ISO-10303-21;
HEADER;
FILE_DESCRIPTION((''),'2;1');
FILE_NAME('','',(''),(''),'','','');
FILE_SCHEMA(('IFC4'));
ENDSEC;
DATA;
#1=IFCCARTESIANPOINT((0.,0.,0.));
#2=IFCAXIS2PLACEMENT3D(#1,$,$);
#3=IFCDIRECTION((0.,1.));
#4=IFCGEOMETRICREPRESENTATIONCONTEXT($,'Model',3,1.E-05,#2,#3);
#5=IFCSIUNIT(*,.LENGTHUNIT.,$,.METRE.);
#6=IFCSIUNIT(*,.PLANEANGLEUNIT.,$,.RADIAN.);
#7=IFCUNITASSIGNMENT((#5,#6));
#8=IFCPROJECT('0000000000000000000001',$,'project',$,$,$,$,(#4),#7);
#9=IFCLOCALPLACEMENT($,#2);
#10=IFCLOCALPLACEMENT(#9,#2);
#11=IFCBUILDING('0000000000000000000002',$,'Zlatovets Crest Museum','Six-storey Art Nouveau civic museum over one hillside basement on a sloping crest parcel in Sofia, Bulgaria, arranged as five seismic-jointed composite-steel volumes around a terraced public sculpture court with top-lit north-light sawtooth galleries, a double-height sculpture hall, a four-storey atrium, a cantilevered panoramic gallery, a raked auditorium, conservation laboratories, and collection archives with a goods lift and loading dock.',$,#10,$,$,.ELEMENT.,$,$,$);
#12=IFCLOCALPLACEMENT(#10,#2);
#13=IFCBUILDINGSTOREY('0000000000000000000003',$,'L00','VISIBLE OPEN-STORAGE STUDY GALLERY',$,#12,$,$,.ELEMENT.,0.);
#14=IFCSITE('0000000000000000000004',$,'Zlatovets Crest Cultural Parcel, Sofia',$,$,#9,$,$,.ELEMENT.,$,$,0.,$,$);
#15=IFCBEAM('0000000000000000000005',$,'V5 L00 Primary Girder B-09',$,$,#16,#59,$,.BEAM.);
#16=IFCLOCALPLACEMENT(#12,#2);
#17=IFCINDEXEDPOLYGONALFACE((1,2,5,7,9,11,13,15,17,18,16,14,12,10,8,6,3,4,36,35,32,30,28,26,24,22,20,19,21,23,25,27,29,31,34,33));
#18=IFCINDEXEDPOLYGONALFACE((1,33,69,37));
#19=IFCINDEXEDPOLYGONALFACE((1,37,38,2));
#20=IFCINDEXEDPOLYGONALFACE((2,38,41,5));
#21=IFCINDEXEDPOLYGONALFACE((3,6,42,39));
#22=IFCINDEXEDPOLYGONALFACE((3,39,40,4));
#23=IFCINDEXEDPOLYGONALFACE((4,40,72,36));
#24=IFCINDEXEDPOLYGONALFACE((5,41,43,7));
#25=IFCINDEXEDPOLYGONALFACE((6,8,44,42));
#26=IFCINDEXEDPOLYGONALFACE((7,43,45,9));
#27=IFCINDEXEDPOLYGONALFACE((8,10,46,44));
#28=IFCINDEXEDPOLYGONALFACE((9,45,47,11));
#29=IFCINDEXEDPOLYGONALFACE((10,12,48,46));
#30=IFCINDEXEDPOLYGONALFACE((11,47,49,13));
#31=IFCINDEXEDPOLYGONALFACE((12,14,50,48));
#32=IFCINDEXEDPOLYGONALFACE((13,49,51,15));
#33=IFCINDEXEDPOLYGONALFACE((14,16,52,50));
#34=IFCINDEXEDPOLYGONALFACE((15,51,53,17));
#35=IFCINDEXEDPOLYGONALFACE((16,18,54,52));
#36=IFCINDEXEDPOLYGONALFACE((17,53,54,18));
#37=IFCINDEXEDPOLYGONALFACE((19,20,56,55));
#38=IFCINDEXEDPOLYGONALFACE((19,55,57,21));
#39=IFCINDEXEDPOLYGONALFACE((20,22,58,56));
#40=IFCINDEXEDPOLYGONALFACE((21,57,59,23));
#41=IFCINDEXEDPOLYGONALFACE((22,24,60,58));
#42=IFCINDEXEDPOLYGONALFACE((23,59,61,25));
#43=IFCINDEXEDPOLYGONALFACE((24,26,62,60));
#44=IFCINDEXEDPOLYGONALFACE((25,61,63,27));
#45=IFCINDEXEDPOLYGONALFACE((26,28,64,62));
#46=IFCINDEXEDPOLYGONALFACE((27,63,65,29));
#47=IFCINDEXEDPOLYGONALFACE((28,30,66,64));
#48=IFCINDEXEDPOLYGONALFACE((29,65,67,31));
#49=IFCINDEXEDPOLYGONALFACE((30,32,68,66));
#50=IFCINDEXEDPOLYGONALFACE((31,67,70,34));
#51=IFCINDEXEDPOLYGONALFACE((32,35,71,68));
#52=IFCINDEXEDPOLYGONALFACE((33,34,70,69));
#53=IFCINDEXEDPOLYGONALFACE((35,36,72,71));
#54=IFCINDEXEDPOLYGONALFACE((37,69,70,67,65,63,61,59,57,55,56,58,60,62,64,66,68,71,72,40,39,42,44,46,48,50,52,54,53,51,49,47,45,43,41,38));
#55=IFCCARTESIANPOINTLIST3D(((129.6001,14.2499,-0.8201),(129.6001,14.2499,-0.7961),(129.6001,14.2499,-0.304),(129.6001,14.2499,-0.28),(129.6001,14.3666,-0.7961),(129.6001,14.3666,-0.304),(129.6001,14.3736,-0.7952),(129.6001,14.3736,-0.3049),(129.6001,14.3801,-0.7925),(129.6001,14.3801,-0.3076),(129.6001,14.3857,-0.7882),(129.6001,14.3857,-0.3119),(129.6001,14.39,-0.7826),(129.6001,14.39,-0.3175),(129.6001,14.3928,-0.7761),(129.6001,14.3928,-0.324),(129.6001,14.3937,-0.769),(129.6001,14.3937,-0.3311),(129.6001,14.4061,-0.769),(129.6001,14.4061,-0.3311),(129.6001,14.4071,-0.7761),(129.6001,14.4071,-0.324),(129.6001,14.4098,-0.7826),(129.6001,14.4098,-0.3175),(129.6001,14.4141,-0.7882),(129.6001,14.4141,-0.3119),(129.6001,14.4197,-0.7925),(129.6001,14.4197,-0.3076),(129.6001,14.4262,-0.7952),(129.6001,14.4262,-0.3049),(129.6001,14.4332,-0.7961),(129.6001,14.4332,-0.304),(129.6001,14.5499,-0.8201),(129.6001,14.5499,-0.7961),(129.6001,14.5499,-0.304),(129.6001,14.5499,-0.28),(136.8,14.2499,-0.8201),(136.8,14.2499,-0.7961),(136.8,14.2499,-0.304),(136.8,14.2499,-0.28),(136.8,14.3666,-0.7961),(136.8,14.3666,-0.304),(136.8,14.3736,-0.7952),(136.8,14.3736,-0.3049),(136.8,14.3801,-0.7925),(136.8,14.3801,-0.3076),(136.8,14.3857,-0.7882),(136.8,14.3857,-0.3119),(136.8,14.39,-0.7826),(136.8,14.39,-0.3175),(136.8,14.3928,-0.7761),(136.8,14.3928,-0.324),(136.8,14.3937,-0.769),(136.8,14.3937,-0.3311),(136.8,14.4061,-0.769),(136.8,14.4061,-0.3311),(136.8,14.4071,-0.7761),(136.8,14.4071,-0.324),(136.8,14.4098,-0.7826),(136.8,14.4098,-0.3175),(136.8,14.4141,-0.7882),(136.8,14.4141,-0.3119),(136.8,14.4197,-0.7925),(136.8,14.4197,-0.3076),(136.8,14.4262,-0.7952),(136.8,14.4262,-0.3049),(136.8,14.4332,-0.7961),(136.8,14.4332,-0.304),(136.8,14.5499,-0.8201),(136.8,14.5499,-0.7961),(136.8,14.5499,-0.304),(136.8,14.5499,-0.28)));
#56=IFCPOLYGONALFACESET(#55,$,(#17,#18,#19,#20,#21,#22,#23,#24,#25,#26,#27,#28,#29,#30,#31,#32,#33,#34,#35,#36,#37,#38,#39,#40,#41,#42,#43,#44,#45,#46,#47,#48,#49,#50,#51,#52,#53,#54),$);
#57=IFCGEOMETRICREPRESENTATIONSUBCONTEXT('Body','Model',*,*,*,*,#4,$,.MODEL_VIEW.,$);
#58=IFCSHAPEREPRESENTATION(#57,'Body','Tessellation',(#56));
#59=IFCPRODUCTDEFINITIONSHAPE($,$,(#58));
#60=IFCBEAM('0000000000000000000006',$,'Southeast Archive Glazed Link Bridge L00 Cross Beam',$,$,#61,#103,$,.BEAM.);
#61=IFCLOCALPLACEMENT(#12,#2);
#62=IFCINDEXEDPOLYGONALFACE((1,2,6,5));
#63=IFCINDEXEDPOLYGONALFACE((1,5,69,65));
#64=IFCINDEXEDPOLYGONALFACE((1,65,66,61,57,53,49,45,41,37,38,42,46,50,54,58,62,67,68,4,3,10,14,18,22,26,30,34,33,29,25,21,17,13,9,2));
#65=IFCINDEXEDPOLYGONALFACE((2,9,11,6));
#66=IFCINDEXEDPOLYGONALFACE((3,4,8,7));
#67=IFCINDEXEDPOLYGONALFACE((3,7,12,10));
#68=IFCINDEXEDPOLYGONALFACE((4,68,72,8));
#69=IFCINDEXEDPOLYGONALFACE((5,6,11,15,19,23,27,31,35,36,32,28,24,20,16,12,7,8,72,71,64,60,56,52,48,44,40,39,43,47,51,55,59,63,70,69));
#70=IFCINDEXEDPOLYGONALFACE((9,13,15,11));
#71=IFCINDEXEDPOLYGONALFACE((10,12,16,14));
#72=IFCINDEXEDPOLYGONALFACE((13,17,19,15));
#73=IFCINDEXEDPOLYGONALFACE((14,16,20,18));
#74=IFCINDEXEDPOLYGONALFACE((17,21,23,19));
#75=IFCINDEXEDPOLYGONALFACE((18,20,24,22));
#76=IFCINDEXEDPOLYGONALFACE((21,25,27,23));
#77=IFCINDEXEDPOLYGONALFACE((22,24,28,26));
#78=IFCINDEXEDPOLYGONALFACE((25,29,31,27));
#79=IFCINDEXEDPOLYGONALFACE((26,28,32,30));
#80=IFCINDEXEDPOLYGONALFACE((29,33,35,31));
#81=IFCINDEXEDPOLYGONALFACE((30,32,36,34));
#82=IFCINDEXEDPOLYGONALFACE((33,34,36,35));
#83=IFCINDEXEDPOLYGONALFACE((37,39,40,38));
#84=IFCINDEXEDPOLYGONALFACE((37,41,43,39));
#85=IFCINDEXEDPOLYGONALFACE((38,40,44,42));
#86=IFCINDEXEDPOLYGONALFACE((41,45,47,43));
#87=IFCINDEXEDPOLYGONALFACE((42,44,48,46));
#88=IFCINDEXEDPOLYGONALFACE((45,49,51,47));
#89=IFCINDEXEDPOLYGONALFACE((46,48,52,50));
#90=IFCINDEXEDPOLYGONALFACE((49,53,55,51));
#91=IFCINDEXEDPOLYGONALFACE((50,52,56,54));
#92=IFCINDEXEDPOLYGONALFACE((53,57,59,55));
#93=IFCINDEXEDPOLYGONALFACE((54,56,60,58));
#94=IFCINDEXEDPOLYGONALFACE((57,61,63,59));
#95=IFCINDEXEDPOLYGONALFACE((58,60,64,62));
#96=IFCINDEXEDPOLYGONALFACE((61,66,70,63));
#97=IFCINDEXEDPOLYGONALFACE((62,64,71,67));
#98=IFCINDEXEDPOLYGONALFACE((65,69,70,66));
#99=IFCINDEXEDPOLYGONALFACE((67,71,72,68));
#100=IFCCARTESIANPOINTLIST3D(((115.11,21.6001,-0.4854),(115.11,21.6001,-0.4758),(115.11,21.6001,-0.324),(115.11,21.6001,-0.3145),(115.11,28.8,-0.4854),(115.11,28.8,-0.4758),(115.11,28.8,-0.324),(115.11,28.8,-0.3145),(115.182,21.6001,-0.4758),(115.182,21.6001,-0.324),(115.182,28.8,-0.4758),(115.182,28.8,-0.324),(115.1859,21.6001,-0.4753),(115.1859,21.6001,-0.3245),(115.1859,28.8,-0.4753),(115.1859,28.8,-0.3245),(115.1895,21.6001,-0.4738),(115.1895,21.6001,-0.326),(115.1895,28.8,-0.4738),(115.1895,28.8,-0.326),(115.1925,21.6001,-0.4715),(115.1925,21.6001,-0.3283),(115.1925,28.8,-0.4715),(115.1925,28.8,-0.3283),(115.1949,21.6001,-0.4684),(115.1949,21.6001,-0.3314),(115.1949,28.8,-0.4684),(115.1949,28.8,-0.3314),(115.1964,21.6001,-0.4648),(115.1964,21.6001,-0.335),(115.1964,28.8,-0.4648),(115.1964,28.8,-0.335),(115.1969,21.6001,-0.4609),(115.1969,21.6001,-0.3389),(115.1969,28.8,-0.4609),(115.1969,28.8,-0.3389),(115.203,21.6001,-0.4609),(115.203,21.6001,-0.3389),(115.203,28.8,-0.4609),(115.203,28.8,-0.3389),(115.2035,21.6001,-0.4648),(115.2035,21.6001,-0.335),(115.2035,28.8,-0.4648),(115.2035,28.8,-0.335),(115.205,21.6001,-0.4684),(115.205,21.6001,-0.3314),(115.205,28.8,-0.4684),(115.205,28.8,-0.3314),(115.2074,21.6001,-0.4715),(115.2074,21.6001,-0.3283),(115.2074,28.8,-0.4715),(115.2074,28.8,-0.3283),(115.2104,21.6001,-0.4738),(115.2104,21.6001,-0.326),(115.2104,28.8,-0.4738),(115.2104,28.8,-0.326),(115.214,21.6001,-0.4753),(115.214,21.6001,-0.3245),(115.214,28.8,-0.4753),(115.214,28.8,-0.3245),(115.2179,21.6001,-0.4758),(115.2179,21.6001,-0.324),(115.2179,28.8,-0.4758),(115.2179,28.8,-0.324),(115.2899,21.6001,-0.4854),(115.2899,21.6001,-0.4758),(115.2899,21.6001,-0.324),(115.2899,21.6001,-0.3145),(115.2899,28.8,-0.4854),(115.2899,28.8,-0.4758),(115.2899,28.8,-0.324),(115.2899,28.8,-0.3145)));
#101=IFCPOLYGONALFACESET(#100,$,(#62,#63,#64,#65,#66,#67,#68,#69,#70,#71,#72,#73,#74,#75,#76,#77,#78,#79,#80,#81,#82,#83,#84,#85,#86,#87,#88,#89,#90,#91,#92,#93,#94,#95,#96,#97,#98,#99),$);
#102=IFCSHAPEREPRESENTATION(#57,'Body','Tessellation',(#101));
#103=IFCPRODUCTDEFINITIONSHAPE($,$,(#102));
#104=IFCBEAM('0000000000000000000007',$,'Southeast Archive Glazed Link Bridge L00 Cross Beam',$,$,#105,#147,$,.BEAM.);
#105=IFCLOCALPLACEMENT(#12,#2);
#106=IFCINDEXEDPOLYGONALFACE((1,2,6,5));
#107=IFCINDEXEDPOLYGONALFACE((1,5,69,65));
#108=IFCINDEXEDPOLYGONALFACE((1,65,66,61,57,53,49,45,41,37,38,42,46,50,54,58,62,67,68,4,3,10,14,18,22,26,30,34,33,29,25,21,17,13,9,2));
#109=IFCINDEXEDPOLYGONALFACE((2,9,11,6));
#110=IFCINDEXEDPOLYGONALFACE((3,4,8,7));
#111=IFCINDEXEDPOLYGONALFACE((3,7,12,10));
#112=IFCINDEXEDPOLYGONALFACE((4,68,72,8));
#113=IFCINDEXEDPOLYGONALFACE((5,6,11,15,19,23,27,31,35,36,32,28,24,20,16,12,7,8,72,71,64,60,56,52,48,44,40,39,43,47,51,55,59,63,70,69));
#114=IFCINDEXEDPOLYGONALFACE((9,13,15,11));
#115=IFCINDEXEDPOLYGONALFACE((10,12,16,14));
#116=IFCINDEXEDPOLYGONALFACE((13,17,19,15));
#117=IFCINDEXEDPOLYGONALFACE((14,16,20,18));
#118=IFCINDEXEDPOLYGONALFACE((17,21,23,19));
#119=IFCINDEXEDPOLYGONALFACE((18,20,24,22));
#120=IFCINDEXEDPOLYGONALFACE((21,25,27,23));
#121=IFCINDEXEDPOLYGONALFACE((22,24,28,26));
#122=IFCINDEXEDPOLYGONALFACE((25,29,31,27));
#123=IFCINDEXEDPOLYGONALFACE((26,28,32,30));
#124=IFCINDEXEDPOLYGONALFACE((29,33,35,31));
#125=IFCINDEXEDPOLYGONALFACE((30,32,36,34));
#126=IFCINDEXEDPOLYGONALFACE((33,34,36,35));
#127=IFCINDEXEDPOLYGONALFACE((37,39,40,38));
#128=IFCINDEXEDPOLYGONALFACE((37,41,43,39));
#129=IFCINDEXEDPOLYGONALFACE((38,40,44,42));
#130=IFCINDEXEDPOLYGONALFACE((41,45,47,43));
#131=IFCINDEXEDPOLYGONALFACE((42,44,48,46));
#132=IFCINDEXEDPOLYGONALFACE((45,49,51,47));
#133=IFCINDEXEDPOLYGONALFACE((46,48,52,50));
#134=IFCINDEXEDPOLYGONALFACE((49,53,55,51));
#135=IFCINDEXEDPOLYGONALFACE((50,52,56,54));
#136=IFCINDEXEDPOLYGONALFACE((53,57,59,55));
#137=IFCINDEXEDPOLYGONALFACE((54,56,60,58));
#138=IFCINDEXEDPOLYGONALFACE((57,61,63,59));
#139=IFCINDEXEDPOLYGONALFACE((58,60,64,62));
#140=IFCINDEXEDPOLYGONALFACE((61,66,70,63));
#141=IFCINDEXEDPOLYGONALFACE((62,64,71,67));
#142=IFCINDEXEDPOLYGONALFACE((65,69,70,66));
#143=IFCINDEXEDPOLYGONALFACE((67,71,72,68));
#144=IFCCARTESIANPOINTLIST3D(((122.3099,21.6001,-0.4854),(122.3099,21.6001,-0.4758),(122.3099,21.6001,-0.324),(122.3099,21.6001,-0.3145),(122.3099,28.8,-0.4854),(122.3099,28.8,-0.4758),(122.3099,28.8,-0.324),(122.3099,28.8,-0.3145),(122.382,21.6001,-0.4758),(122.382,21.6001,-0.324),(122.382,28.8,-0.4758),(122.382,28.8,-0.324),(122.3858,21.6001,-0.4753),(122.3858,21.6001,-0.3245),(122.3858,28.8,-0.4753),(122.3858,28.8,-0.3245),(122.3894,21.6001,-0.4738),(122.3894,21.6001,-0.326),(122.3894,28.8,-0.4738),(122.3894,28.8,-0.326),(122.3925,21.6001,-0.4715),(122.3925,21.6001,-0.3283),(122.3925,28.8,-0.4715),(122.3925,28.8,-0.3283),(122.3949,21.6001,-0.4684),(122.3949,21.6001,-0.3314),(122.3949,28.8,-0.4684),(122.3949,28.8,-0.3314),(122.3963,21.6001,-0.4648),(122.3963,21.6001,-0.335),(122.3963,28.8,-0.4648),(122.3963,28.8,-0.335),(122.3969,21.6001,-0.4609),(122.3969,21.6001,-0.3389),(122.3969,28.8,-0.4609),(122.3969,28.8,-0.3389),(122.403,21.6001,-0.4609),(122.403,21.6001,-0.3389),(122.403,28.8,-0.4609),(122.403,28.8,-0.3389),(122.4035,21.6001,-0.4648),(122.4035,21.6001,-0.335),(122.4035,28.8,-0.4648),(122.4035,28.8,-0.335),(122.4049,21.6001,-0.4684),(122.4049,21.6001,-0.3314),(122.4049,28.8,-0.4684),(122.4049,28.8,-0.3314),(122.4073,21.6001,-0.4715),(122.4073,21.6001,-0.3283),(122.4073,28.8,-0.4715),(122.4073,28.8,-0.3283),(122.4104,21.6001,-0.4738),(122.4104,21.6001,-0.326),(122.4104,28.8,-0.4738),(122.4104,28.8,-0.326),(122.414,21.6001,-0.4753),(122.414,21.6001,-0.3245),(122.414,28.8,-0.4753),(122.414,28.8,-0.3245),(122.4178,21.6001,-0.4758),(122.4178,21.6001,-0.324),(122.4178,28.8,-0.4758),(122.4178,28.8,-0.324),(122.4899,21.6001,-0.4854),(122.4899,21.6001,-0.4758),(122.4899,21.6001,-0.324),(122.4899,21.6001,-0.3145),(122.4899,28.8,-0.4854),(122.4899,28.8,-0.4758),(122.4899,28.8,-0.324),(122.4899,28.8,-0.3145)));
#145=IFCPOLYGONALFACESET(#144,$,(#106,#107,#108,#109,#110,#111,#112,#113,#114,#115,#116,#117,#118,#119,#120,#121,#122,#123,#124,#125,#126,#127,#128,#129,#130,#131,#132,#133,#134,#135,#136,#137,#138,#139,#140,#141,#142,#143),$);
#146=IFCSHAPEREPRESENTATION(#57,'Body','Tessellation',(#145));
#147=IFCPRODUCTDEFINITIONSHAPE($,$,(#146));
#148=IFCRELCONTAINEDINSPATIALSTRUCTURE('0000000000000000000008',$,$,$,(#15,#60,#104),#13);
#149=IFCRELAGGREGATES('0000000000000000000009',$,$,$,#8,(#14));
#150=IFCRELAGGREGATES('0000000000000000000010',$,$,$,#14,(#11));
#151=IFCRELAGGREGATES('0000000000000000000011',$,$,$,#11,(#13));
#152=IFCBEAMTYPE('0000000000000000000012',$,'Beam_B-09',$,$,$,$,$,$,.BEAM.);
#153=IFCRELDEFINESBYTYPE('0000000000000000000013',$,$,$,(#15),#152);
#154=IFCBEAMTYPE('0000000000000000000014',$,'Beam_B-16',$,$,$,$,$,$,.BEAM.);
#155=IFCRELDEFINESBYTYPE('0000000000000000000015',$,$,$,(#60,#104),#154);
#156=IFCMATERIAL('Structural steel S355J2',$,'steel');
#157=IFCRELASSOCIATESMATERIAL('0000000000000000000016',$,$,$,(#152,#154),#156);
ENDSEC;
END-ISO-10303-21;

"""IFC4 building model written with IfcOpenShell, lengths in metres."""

from ifc_helpers import new_model, si_unit, direction, frame, origin, origin_2d, place, context, subcontext, project, spatial, i_section, extrude, material, material_profile, profile_set, type_object, element, save


model = new_model("IFC4")

# Units and contexts
model_context = context("Model", 3, precision=1e-05, world=origin(), true_north=direction((0.0, 1.0)))
body_context = subcontext(model_context, "Body", "Model", "MODEL_VIEW")
ifc_project = project(units=[si_unit("LENGTHUNIT", "METRE"), si_unit("PLANEANGLEUNIT", "RADIAN")], contexts=[model_context])

# Site, building, storey
site_placement = place(None, origin())
site = spatial("IfcSite", under=ifc_project, at=site_placement, Name="Zlatovets Crest Cultural Parcel, Sofia", CompositionType="ELEMENT", RefElevation=0.0)
building_placement = place(site_placement, origin())
building = spatial("IfcBuilding", under=site, at=building_placement, Name="Zlatovets Crest Museum", Description="Six-storey Art Nouveau civic museum over one hillside basement on a sloping crest parcel in Sofia, Bulgaria, arranged as five seismic-jointed composite-steel volumes around a terraced public sculpture court with top-lit north-light sawtooth galleries, a double-height sculpture hall, a four-storey atrium, a cantilevered panoramic gallery, a raked auditorium, conservation laboratories, and collection archives with a goods lift and loading dock.", CompositionType="ELEMENT")
storey_placement = place(building_placement, origin())
storey = spatial("IfcBuildingStorey", under=building, at=storey_placement, Name="L00", Description="VISIBLE OPEN-STORAGE STUDY GALLERY", CompositionType="ELEMENT", Elevation=0.0)

# Shared definitions
ifc_material_1 = material(Name="Structural steel S355J2", Category="steel")

# Beams
ifc_material_profile_1 = material_profile(ifc_material_1, i_section(OverallWidth=0.3, OverallDepth=0.54, WebThickness=0.0125, FlangeThickness=0.0239, FilletRadius=0.0271, at=origin_2d()), Name="HEA 550")
ifc_profile_set_1 = profile_set([ifc_material_profile_1], Name="Structural steel S355J2")
beam_type_1 = type_object("IfcBeamType", Name="Beam_B-09", PredefinedType="BEAM", material=ifc_profile_set_1)
beam_1_placement = place(storey_placement, frame((129.6001, 14.3999, -0.55), z_axis=(1.0, 0.0, 0.0), x_axis=(0.0, 1.0, 0.0)))
element("IfcBeam", 1, at=beam_1_placement, inside=storey, type_object=beam_type_1, Name="V5 L00 Primary Girder B-09", PredefinedType="BEAM", context=body_context, shape_type="SweptSolid", body=[
    extrude(i_section(OverallWidth=0.3, OverallDepth=0.54, WebThickness=0.0125, FlangeThickness=0.0239, FilletRadius=0.0271, at=origin_2d()), origin(), (0.0, 0.0, 1.0), 7.2),
])
ifc_material_profile_2 = material_profile(ifc_material_1, i_section(OverallWidth=0.1799, OverallDepth=0.1709, WebThickness=0.0061, FlangeThickness=0.0095, FilletRadius=0.0149, at=origin_2d()), Name="HEA 180")
ifc_profile_set_2 = profile_set([ifc_material_profile_2], Name="Structural steel S355J2")
beam_type_2 = type_object("IfcBeamType", Name="Beam_B-16", PredefinedType="BEAM", material=ifc_profile_set_2)
for number, where, z_axis, x_axis, name in (
    (2, (115.2, 21.6001, -0.3999), (0.0, 1.0, 0.0), (-1.0, 0.0, 0.0), "Southeast Archive Glazed Link Bridge L00 Cross Beam"),
    (3, (122.3999, 21.6001, -0.3999), (0.0, 1.0, 0.0), (-1.0, 0.0, 0.0), "Southeast Archive Glazed Link Bridge L00 Cross Beam"),
):
    element("IfcBeam", number, at=place(storey_placement, frame(where, z_axis=z_axis, x_axis=x_axis)), inside=storey, type_object=beam_type_2, Name=name, PredefinedType="BEAM", context=body_context, shape_type="SweptSolid", body=[
        extrude(i_section(OverallWidth=0.1799, OverallDepth=0.1709, WebThickness=0.0061, FlangeThickness=0.0095, FilletRadius=0.0149, at=origin_2d()), origin(), (0.0, 0.0, 1.0), 7.2),
    ])

save(model, "model.ifc")
